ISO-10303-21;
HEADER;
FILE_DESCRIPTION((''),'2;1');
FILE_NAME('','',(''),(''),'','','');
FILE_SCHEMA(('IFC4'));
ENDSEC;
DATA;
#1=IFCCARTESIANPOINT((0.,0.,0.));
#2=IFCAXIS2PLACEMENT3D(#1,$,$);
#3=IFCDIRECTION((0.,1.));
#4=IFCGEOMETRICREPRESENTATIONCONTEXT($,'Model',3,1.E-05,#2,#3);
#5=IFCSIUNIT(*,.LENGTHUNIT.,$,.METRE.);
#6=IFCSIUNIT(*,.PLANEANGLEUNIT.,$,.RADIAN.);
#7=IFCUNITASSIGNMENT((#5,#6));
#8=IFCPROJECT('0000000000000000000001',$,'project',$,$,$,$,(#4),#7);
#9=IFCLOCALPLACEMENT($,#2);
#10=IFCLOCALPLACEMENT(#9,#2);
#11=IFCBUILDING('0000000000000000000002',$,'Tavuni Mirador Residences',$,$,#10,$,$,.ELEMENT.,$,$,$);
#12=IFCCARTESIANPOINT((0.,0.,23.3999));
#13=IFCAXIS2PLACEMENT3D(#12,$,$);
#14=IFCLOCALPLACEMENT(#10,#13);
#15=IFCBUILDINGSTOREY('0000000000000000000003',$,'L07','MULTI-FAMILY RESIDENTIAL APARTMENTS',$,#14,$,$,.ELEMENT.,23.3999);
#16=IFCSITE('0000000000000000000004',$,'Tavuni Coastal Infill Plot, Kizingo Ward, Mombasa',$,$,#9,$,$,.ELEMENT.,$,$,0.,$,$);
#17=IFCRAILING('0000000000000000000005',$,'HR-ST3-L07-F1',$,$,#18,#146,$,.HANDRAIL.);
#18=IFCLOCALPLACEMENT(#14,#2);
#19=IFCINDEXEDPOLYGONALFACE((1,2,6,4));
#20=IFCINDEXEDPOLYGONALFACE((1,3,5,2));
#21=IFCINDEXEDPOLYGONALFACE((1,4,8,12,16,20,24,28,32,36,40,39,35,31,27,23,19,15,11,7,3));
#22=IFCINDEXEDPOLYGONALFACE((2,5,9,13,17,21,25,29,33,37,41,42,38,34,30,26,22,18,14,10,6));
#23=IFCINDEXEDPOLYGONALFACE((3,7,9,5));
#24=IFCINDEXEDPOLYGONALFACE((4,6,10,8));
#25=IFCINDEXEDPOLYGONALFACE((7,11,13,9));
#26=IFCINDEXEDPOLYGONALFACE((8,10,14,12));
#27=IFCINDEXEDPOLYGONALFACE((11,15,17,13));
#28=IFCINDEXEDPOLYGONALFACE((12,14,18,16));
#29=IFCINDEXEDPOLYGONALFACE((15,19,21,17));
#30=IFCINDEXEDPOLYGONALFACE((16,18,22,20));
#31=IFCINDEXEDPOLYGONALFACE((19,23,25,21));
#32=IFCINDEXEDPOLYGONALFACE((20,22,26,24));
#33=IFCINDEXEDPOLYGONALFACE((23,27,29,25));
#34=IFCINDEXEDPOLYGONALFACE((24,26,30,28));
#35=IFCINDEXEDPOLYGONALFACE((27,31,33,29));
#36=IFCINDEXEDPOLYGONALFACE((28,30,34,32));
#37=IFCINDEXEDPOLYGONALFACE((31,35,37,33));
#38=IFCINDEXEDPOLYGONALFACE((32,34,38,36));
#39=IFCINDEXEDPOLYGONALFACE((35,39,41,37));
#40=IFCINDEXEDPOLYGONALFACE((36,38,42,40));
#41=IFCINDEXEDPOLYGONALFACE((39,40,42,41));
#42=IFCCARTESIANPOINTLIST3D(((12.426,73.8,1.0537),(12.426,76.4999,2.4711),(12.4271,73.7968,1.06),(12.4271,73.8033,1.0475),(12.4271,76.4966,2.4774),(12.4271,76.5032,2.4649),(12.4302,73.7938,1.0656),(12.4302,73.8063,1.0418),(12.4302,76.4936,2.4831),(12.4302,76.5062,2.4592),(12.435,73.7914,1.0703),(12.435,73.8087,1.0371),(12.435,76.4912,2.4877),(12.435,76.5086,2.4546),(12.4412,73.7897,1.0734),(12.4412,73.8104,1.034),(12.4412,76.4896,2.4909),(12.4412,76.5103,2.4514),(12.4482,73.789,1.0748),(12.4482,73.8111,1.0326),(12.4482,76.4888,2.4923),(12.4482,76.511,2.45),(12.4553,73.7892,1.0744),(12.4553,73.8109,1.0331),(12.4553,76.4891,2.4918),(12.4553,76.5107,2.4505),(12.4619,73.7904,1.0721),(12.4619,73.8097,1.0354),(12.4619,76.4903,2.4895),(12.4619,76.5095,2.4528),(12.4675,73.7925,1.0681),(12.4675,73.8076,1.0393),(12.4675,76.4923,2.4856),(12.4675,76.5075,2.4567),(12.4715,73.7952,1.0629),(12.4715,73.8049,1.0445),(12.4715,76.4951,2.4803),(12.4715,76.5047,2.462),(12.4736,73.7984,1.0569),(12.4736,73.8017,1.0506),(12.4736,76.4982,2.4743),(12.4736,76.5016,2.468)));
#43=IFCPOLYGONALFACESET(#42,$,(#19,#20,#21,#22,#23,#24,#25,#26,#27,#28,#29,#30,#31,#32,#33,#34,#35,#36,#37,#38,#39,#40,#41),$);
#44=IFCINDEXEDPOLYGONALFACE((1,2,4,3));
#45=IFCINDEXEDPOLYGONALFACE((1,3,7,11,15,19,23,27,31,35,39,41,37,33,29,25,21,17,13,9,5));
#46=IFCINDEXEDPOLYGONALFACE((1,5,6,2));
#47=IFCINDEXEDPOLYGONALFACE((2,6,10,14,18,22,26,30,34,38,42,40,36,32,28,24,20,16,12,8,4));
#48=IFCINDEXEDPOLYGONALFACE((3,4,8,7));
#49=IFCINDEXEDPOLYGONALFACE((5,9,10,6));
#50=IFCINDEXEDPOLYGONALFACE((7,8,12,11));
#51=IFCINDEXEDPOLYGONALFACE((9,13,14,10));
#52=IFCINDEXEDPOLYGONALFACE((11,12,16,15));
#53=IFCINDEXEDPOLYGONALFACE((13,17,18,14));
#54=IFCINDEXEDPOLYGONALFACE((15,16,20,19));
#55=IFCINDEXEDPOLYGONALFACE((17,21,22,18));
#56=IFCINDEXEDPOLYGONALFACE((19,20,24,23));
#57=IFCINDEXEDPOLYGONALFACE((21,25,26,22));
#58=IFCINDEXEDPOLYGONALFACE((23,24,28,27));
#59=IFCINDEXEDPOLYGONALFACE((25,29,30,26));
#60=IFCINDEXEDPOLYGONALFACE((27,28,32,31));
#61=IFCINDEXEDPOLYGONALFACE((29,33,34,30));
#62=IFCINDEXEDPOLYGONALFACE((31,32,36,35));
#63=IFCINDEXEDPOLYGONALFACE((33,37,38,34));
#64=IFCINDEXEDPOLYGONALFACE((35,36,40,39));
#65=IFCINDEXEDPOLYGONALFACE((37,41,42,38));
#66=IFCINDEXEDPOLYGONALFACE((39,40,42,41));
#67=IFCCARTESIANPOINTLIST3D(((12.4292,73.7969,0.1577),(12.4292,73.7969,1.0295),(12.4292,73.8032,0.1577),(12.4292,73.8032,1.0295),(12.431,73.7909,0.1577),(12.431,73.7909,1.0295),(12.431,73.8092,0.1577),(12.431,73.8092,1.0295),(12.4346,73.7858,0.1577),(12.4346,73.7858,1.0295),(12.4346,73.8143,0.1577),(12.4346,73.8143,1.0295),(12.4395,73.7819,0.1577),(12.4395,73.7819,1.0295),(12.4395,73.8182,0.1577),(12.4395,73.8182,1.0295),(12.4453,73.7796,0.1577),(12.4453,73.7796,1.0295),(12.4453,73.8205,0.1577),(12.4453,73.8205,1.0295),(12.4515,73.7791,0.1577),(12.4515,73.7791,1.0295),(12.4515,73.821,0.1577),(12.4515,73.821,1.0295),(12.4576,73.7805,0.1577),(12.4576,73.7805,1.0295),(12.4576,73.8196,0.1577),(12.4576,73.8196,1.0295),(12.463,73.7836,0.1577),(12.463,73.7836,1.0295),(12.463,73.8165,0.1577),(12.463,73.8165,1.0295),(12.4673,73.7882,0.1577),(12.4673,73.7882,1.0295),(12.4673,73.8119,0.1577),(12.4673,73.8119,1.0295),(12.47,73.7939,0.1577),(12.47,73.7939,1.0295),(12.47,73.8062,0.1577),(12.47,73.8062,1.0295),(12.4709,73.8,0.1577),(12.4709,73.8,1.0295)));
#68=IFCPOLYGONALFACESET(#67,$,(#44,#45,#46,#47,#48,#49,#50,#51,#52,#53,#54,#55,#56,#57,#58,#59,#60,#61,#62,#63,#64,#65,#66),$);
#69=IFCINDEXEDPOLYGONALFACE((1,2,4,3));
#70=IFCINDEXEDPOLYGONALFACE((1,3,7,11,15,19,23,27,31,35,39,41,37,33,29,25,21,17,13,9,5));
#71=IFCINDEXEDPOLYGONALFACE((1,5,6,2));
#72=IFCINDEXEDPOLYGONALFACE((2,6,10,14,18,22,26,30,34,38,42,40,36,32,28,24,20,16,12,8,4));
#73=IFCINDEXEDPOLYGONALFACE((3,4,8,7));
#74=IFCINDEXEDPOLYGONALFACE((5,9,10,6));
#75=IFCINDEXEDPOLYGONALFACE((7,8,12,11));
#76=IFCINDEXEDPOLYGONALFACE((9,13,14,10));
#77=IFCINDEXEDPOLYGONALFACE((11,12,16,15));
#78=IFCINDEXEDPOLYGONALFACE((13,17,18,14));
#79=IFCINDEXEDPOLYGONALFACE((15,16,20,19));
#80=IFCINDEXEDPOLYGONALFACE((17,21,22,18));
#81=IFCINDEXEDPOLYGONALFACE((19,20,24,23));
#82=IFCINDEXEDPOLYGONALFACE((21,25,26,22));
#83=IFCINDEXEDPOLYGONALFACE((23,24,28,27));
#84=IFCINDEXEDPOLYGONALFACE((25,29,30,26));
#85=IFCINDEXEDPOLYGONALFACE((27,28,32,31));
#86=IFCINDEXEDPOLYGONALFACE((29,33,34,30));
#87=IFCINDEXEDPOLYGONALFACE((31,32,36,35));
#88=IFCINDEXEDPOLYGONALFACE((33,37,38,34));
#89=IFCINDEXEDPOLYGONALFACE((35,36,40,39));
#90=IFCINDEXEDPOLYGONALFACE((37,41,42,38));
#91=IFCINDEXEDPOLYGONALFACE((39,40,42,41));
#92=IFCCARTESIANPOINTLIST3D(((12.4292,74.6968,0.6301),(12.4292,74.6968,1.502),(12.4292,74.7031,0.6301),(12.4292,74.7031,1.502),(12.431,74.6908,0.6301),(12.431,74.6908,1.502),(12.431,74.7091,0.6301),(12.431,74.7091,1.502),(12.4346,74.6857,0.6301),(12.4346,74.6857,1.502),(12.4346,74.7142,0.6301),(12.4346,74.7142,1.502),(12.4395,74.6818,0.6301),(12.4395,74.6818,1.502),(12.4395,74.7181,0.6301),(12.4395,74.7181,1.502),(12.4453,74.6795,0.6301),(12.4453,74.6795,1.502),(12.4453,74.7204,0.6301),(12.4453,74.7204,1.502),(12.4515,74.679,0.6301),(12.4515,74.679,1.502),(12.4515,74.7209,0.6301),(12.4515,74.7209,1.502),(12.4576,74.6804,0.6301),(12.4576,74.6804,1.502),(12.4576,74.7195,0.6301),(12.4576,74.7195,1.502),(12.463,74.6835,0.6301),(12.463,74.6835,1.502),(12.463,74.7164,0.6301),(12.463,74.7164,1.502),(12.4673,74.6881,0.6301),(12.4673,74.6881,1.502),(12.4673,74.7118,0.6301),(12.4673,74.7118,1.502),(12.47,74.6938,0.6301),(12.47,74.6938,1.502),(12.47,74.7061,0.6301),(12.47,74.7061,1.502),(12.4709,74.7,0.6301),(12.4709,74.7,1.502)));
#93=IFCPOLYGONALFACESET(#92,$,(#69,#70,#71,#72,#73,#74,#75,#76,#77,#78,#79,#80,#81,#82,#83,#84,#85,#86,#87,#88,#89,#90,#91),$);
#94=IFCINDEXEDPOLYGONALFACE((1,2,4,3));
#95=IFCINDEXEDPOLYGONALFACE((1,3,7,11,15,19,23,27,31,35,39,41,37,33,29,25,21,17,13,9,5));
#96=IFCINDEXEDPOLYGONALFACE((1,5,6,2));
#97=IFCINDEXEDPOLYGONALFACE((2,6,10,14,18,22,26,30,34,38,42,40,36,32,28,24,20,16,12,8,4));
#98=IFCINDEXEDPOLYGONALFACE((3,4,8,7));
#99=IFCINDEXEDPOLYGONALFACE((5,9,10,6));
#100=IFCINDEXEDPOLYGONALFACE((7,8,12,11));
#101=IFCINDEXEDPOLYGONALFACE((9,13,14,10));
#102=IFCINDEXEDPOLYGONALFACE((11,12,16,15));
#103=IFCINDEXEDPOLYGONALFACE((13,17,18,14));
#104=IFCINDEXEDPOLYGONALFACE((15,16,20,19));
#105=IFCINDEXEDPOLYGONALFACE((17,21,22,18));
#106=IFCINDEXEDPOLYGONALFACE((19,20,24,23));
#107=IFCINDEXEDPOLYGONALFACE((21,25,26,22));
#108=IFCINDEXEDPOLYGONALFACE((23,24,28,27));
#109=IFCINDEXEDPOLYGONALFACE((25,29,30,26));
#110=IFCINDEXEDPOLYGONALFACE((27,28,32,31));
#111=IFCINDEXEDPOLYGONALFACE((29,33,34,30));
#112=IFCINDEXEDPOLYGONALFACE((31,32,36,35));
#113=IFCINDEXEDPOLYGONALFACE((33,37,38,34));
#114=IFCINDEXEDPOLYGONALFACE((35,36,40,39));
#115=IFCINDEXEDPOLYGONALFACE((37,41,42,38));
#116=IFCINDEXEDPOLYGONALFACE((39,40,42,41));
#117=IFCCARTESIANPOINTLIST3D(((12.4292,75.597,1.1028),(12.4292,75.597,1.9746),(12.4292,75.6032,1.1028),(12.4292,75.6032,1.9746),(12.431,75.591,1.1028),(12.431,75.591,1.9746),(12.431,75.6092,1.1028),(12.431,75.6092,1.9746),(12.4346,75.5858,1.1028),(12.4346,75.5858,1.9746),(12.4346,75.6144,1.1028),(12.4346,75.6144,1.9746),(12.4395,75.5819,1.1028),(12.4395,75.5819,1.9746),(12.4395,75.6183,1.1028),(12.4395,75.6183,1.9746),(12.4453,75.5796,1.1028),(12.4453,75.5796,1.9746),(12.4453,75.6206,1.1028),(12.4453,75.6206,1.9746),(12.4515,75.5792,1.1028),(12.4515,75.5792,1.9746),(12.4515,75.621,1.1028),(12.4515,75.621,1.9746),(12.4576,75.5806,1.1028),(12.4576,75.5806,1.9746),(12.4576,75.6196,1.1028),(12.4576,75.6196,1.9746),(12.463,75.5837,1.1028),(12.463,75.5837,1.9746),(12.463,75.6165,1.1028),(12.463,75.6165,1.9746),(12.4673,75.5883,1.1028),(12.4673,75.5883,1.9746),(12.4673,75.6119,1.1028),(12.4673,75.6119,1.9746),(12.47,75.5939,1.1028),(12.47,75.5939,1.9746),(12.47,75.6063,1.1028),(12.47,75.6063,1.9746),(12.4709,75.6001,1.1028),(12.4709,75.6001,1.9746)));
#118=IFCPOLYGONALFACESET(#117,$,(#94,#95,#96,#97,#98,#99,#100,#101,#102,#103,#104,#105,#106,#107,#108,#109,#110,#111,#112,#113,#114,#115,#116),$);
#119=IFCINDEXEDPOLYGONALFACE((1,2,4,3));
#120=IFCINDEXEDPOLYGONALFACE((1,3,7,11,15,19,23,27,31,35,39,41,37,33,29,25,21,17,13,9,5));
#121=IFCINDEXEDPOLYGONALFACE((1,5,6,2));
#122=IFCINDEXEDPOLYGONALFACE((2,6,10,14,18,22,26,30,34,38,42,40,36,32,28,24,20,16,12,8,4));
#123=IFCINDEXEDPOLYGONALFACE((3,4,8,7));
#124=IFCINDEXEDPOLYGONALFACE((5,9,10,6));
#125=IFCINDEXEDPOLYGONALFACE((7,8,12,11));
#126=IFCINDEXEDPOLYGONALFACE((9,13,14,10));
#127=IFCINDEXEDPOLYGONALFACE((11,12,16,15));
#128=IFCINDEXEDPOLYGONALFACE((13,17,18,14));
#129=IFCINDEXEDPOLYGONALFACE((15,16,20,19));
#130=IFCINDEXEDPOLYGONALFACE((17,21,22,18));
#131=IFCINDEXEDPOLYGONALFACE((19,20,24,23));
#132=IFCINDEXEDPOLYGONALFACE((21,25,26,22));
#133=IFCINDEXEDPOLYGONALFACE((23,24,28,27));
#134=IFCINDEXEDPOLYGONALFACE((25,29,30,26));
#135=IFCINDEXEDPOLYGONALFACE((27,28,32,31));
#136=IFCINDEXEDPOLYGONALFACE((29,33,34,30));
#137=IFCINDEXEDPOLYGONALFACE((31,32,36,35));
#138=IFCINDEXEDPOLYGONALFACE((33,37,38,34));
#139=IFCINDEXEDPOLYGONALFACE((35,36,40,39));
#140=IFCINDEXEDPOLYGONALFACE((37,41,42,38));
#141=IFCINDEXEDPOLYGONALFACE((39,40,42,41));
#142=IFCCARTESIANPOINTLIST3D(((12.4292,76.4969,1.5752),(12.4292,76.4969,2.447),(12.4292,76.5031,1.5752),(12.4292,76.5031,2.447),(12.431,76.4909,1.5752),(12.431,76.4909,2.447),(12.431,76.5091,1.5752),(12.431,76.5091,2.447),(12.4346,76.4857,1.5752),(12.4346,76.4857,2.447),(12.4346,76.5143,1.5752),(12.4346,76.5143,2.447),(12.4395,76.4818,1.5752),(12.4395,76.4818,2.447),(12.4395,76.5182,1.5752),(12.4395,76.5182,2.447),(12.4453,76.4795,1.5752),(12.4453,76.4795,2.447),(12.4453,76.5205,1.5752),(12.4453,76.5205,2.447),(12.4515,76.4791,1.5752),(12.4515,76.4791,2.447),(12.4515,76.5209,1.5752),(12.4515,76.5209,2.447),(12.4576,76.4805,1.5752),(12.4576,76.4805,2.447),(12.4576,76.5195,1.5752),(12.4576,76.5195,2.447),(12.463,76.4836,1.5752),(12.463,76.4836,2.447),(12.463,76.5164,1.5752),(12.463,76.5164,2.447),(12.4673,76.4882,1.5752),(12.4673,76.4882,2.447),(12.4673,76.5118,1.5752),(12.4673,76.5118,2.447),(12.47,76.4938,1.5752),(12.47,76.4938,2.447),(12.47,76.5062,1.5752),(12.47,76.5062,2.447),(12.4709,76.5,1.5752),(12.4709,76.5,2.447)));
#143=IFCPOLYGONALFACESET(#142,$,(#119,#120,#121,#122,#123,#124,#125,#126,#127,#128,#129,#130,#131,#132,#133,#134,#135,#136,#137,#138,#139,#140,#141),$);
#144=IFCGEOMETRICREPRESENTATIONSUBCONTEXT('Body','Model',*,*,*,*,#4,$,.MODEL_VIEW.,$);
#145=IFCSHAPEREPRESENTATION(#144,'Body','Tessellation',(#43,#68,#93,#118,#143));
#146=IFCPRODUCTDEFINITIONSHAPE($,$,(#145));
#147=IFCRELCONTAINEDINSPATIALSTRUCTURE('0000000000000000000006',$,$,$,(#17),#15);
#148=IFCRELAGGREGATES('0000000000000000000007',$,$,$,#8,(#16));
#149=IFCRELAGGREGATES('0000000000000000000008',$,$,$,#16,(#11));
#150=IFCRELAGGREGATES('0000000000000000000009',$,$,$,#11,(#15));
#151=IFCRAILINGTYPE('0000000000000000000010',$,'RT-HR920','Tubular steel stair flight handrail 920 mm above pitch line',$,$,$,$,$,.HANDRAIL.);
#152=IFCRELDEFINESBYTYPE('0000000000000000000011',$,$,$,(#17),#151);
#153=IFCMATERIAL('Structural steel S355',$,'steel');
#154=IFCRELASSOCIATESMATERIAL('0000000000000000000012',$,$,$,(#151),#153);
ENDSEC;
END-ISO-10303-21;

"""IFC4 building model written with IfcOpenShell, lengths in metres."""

from ifc_helpers import new_model, si_unit, direction, frame, origin, origin_2d, place, context, subcontext, project, spatial, circle, extrude, material, type_object, element, save


model = new_model("IFC4")

# Units and contexts
model_context = context("Model", 3, precision=1e-05, world=origin(), true_north=direction((0.0, 1.0)))
body_context = subcontext(model_context, "Body", "Model", "MODEL_VIEW")
ifc_project = project(units=[si_unit("LENGTHUNIT", "METRE"), si_unit("PLANEANGLEUNIT", "RADIAN")], contexts=[model_context])

# Site, building, storey
site_placement = place(None, origin())
site = spatial("IfcSite", under=ifc_project, at=site_placement, Name="Tavuni Coastal Infill Plot, Kizingo Ward, Mombasa", CompositionType="ELEMENT", RefElevation=0.0)
building_placement = place(site_placement, origin())
building = spatial("IfcBuilding", under=site, at=building_placement, Name="Tavuni Mirador Residences", CompositionType="ELEMENT")
storey_placement = place(building_placement, frame((0.0, 0.0, 23.3999)))
storey = spatial("IfcBuildingStorey", under=building, at=storey_placement, Name="L07", Description="MULTI-FAMILY RESIDENTIAL APARTMENTS", CompositionType="ELEMENT", Elevation=23.3999)

# Shared definitions
ifc_material_1 = material(Name="Structural steel S355", Category="steel")

# Railing
railing_type_1 = type_object("IfcRailingType", Name="RT-HR920", Description="Tubular steel stair flight handrail 920 mm above pitch line", PredefinedType="HANDRAIL", material=ifc_material_1)
railing_1_placement = place(storey_placement, frame((12.45, 73.8, 0.1577)))
element("IfcRailing", 1, at=railing_1_placement, inside=storey, type_object=railing_type_1, Name="HR-ST3-L07-F1", PredefinedType="HANDRAIL", context=body_context, shape_type="SweptSolid", body=[
    extrude(circle(Radius=0.0239, at=origin_2d()), frame((0.0, 0.0, 0.896), z_axis=(0.0, 0.885397, 0.464835), x_axis=(-1.0, 0.0, 0.0)), (0.0, 0.0, 1.0), 3.0493),
    extrude(circle(Radius=0.021, at=origin_2d()), origin(), (0.0, 0.0, 1.0), 0.8718),
    extrude(circle(Radius=0.021, at=origin_2d()), frame((0.0, 0.8999, 0.4724)), (0.0, 0.0, 1.0), 0.8718),
    extrude(circle(Radius=0.021, at=origin_2d()), frame((0.0, 1.8, 0.9451)), (0.0, 0.0, 1.0), 0.8718),
    extrude(circle(Radius=0.021, at=origin_2d()), frame((0.0, 2.7, 1.4175)), (0.0, 0.0, 1.0), 0.8718),
])

save(model, "model.ifc")
